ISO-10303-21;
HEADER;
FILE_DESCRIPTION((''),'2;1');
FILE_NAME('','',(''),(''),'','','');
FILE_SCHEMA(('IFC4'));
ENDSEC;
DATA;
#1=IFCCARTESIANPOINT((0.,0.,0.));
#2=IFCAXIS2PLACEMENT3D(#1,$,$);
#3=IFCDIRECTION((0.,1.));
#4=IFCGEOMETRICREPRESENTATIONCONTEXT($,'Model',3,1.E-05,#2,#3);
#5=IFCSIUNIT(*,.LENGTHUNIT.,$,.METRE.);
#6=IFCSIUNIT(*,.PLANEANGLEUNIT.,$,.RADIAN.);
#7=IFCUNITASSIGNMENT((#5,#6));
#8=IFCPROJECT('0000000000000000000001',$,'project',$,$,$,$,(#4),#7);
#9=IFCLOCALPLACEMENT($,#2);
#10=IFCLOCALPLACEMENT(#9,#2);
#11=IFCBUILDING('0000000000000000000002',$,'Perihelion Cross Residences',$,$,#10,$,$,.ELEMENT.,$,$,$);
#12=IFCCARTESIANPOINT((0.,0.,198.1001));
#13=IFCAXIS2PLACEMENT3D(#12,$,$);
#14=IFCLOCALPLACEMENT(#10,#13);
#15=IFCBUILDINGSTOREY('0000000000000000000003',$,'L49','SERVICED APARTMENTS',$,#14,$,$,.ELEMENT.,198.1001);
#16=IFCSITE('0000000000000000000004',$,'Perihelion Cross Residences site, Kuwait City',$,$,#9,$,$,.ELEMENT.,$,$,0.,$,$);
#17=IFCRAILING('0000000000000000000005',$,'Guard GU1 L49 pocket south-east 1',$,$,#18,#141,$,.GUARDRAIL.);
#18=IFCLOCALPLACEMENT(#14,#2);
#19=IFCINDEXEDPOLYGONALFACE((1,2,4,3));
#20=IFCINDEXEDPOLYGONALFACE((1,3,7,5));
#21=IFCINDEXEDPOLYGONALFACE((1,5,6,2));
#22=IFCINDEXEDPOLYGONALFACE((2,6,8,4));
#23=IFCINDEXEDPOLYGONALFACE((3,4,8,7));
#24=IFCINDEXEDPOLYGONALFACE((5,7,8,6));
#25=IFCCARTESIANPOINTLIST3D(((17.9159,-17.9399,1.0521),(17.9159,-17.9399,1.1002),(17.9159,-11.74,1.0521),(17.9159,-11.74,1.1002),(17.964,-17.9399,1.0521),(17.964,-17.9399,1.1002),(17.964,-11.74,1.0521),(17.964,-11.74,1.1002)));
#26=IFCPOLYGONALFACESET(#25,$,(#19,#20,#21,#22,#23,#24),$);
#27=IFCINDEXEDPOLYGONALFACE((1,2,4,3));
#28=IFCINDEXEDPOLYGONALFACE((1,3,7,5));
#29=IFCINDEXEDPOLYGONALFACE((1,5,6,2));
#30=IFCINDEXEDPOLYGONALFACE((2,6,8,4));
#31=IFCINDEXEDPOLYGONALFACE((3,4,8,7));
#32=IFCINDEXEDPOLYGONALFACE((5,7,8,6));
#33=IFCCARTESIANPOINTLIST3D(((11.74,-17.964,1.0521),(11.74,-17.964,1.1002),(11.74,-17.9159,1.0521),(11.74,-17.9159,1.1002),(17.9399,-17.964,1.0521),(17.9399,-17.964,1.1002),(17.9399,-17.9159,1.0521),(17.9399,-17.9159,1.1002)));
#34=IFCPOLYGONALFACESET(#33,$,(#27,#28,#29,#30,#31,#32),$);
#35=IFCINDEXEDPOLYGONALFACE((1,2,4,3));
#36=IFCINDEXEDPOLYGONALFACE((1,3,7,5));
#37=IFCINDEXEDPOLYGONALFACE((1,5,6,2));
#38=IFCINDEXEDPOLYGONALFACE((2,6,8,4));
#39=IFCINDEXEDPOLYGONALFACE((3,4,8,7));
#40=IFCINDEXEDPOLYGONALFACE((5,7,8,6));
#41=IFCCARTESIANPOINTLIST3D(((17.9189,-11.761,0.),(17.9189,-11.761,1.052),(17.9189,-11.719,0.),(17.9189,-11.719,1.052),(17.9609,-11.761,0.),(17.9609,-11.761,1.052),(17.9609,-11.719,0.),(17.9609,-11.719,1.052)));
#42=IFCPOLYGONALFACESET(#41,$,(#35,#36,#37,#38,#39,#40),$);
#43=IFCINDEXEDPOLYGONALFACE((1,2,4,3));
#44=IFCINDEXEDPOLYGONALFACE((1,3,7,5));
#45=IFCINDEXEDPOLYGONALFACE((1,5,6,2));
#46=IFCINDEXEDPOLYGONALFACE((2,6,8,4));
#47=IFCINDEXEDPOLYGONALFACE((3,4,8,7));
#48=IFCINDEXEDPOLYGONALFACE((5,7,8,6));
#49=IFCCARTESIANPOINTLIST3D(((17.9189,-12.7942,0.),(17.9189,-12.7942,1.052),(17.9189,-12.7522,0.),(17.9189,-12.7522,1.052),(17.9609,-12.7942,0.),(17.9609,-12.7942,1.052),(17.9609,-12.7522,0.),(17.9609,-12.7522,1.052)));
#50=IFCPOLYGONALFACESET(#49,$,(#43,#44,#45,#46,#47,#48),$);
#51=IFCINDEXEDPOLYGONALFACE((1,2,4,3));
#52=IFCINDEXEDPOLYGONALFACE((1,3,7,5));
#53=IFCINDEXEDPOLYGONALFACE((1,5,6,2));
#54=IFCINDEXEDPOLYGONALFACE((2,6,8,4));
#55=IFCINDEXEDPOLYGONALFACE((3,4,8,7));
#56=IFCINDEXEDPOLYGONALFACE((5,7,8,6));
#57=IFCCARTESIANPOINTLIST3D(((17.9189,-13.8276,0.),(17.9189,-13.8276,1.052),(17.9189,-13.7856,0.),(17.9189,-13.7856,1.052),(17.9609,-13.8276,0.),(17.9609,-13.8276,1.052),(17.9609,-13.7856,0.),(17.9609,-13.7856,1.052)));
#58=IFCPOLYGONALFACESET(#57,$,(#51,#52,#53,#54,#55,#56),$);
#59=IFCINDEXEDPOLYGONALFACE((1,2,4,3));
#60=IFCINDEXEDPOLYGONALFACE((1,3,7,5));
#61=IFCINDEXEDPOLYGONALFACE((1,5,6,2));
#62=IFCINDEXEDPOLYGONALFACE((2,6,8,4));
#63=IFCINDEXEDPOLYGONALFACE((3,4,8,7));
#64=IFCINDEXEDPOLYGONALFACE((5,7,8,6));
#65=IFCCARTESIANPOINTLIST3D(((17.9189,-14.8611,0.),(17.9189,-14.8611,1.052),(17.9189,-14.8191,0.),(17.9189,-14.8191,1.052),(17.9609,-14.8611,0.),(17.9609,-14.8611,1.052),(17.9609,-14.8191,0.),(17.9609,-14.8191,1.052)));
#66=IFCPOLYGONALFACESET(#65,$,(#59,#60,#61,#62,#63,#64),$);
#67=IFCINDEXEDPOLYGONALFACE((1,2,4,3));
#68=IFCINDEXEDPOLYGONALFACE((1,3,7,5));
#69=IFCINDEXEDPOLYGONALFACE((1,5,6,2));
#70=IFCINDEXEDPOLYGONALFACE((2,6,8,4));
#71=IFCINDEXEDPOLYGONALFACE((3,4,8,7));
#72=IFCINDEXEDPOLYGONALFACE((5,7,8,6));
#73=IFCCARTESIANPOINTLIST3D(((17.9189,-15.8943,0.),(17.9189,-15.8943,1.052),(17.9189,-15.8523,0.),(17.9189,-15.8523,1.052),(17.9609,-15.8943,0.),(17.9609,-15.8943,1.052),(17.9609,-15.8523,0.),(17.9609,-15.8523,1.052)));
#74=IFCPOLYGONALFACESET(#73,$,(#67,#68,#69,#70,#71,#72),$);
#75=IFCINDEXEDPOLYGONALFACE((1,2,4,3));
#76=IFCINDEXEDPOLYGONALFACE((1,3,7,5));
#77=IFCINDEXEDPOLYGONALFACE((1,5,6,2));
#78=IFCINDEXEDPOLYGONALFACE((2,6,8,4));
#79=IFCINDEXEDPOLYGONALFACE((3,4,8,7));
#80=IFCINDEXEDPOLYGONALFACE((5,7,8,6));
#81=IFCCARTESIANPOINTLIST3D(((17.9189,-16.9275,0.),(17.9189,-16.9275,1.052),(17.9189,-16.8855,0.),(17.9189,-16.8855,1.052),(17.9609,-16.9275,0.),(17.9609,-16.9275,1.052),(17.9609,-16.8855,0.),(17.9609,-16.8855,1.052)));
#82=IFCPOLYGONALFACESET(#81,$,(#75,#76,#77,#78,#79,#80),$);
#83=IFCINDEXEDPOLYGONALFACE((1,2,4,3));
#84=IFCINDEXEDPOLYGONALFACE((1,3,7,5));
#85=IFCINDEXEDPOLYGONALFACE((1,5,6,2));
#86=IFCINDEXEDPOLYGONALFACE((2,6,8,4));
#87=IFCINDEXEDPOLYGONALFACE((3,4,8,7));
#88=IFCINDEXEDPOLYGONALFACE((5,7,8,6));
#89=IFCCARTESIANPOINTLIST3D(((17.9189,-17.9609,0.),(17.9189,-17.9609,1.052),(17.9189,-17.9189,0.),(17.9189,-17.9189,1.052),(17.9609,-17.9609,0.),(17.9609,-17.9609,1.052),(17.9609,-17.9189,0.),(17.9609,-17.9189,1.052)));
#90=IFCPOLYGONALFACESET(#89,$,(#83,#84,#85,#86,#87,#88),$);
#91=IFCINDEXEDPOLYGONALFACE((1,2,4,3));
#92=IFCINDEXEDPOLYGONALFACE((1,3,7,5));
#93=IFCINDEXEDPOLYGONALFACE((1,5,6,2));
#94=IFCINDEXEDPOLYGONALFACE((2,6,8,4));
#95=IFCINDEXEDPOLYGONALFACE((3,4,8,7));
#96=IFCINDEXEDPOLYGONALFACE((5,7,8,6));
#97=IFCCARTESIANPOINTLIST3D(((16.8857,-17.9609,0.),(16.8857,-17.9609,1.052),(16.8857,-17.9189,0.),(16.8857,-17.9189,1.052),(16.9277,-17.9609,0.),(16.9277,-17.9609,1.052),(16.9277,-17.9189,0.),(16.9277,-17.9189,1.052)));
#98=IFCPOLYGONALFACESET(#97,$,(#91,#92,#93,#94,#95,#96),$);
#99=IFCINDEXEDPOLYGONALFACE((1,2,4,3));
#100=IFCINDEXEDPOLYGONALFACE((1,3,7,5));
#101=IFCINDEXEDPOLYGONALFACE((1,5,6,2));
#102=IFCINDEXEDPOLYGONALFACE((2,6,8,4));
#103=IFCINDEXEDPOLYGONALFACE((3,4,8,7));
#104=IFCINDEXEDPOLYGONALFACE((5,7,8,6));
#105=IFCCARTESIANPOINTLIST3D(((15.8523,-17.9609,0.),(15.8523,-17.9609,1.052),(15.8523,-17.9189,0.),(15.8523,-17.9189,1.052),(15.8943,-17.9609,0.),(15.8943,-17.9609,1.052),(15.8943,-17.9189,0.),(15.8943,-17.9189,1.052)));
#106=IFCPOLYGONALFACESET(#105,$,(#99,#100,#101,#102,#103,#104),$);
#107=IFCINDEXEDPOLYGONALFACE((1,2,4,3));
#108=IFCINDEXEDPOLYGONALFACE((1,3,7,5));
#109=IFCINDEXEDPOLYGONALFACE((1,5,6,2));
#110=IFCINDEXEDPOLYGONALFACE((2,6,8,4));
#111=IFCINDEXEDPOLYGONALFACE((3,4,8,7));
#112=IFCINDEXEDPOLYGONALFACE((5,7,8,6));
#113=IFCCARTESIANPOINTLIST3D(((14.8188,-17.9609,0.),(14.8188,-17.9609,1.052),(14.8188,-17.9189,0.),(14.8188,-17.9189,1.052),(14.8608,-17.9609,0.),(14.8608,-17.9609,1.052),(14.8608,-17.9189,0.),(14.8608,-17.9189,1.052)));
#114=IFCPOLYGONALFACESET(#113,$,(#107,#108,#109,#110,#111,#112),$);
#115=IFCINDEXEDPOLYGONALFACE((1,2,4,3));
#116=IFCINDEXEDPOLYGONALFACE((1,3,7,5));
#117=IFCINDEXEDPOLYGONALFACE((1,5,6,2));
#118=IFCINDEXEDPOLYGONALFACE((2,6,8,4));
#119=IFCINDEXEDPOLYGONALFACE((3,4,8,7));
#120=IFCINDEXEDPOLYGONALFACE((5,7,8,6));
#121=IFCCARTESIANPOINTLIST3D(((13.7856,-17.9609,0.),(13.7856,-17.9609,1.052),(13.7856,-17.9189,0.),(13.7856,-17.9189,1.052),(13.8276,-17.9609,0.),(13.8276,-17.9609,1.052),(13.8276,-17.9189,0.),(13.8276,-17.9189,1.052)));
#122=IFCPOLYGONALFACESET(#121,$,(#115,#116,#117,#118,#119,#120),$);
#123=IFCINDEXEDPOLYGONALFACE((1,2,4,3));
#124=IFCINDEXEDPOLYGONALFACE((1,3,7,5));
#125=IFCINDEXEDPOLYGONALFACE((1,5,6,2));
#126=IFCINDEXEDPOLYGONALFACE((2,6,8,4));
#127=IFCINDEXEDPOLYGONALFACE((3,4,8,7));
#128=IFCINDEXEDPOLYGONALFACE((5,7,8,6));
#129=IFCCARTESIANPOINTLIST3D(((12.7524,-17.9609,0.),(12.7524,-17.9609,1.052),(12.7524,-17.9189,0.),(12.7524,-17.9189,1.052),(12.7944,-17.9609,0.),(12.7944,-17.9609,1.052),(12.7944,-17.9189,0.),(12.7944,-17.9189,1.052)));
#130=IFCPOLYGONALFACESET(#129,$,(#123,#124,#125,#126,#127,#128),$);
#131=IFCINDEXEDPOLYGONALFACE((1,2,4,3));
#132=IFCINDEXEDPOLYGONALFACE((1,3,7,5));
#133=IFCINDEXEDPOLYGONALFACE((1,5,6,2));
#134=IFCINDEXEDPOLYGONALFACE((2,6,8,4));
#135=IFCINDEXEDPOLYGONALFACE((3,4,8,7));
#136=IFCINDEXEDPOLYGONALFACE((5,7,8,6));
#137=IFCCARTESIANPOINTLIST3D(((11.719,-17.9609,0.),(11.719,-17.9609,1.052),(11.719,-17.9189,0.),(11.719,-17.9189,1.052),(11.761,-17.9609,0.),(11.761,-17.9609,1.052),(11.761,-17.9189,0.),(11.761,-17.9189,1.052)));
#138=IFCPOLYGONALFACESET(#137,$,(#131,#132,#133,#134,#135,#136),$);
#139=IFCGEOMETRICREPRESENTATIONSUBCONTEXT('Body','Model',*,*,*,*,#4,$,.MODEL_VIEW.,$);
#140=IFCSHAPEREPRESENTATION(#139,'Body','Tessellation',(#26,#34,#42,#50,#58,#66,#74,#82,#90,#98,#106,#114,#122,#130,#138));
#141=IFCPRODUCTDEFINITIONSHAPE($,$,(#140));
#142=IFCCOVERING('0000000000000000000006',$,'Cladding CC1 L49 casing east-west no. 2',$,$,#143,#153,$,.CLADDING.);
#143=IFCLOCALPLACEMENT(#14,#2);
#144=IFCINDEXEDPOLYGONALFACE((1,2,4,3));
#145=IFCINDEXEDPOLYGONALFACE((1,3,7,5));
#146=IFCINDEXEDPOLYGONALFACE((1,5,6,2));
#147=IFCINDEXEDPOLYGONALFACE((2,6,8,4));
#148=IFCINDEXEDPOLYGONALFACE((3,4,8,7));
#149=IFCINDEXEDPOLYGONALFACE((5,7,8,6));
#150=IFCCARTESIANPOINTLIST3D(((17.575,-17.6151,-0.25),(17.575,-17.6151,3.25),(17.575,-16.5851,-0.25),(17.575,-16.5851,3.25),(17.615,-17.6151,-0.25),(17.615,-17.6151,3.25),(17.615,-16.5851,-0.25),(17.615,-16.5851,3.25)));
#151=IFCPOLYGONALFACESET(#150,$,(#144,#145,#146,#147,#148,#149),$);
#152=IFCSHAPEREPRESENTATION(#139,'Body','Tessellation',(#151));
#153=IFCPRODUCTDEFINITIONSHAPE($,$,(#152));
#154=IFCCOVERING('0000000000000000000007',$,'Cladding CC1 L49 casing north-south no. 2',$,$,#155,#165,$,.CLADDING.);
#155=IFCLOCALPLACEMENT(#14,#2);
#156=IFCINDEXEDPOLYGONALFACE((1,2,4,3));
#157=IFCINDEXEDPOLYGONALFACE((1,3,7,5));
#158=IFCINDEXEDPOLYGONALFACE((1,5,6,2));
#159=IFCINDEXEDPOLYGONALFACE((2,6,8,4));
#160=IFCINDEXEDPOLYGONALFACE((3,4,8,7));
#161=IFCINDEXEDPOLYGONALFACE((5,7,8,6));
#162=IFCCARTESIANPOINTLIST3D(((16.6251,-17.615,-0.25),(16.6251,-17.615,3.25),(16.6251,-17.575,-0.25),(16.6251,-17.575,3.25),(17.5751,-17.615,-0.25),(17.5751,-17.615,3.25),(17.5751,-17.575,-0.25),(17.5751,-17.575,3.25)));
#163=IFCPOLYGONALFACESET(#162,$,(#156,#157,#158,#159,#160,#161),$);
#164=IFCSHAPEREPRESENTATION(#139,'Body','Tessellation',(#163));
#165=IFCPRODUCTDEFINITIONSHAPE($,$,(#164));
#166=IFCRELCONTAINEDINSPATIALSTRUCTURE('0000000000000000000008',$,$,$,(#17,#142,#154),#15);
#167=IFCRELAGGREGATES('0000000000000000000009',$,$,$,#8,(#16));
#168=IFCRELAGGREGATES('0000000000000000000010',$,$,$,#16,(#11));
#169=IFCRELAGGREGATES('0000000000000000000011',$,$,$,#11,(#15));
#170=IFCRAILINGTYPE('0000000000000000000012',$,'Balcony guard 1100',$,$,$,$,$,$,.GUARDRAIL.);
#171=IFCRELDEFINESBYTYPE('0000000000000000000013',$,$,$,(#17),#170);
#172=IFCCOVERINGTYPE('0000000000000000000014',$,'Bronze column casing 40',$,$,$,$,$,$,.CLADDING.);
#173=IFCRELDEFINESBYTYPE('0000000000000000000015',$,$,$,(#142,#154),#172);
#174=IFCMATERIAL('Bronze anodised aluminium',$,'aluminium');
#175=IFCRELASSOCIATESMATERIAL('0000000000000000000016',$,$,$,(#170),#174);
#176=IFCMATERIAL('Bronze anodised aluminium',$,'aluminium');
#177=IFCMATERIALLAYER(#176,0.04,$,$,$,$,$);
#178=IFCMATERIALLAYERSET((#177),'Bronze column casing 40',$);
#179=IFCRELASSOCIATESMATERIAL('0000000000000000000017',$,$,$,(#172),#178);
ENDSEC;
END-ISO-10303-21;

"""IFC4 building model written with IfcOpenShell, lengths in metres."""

from ifc_helpers import new_model, si_unit, direction, frame, origin, origin_2d, place, context, subcontext, project, spatial, rectangle, extrude, material, layer, layer_set, type_object, element, save


model = new_model("IFC4")

# Units and contexts
model_context = context("Model", 3, precision=1e-05, world=origin(), true_north=direction((0.0, 1.0)))
body_context = subcontext(model_context, "Body", "Model", "MODEL_VIEW")
ifc_project = project(units=[si_unit("LENGTHUNIT", "METRE"), si_unit("PLANEANGLEUNIT", "RADIAN")], contexts=[model_context])

# Site, building, storey
site_placement = place(None, origin())
site = spatial("IfcSite", under=ifc_project, at=site_placement, Name="Perihelion Cross Residences site, Kuwait City", CompositionType="ELEMENT", RefElevation=0.0)
building_placement = place(site_placement, origin())
building = spatial("IfcBuilding", under=site, at=building_placement, Name="Perihelion Cross Residences", CompositionType="ELEMENT")
storey_placement = place(building_placement, frame((0.0, 0.0, 198.1001)))
storey = spatial("IfcBuildingStorey", under=building, at=storey_placement, Name="L49", Description="SERVICED APARTMENTS", CompositionType="ELEMENT", Elevation=198.1001)

# Railing
ifc_material_1 = material(Name="Bronze anodised aluminium", Category="aluminium")
railing_type = type_object("IfcRailingType", Name="Balcony guard 1100", PredefinedType="GUARDRAIL", material=ifc_material_1)
railing_1_placement = place(storey_placement, frame((17.9399, -11.74, 0.0)))
element("IfcRailing", 1, at=railing_1_placement, inside=storey, type_object=railing_type, Name="Guard GU1 L49 pocket south-east 1", PredefinedType="GUARDRAIL", context=body_context, shape_type="SweptSolid", body=[
    extrude(rectangle(XDim=0.0481, YDim=0.0481, at=origin_2d()), frame((0.0, 0.0, 1.0762), z_axis=(0.0, -1.0, 0.0), x_axis=(1.0, 0.0, 0.0)), (0.0, 0.0, 1.0), 6.2),
    extrude(rectangle(XDim=0.0481, YDim=0.0481, at=origin_2d()), frame((0.0, -6.2, 1.0762), z_axis=(-1.0, 0.0, 0.0), x_axis=(0.0, -1.0, 0.0)), (0.0, 0.0, 1.0), 6.2),
    extrude(rectangle(XDim=0.042, YDim=0.042, at=origin_2d()), origin(), (0.0, 0.0, 1.0), 1.052),
    extrude(rectangle(XDim=0.042, YDim=0.042, at=origin_2d()), frame((0.0, -1.0332, 0.0)), (0.0, 0.0, 1.0), 1.052),
    extrude(rectangle(XDim=0.042, YDim=0.042, at=origin_2d()), frame((0.0, -2.0667, 0.0)), (0.0, 0.0, 1.0), 1.052),
    extrude(rectangle(XDim=0.042, YDim=0.042, at=origin_2d()), frame((0.0, -3.1001, 0.0)), (0.0, 0.0, 1.0), 1.052),
    extrude(rectangle(XDim=0.042, YDim=0.042, at=origin_2d()), frame((0.0, -4.1333, 0.0)), (0.0, 0.0, 1.0), 1.052),
    extrude(rectangle(XDim=0.042, YDim=0.042, at=origin_2d()), frame((0.0, -5.1665, 0.0)), (0.0, 0.0, 1.0), 1.052),
    extrude(rectangle(XDim=0.042, YDim=0.042, at=origin_2d()), frame((0.0, -6.2, 0.0)), (0.0, 0.0, 1.0), 1.052),
    extrude(rectangle(XDim=0.042, YDim=0.042, at=origin_2d()), frame((-1.0332, -6.2, 0.0)), (0.0, 0.0, 1.0), 1.052),
    extrude(rectangle(XDim=0.042, YDim=0.042, at=origin_2d()), frame((-2.0667, -6.2, 0.0)), (0.0, 0.0, 1.0), 1.052),
    extrude(rectangle(XDim=0.042, YDim=0.042, at=origin_2d()), frame((-3.1001, -6.2, 0.0)), (0.0, 0.0, 1.0), 1.052),
    extrude(rectangle(XDim=0.042, YDim=0.042, at=origin_2d()), frame((-4.1333, -6.2, 0.0)), (0.0, 0.0, 1.0), 1.052),
    extrude(rectangle(XDim=0.042, YDim=0.042, at=origin_2d()), frame((-5.1665, -6.2, 0.0)), (0.0, 0.0, 1.0), 1.052),
    extrude(rectangle(XDim=0.042, YDim=0.042, at=origin_2d()), frame((-6.2, -6.2, 0.0)), (0.0, 0.0, 1.0), 1.052),
])

# Coverings
ifc_material_2 = material(Name="Bronze anodised aluminium", Category="aluminium")
ifc_layer_1 = layer(ifc_material_2, 0.04)
ifc_layer_set_1 = layer_set([ifc_layer_1], Name="Bronze column casing 40")
covering_type = type_object("IfcCoveringType", Name="Bronze column casing 40", PredefinedType="CLADDING", material=ifc_layer_set_1)
covering_1_placement = place(storey_placement, frame((17.595, -17.1001, -0.25), z_axis=(0.0, 0.0, 1.0), x_axis=(1.0, 0.0, 0.0)))
element("IfcCovering", 2, at=covering_1_placement, inside=storey, type_object=covering_type, Name="Cladding CC1 L49 casing east-west no. 2", PredefinedType="CLADDING", context=body_context, shape_type="SweptSolid", body=[
    extrude(rectangle(XDim=0.04, YDim=1.03, at=origin_2d()), origin(), (0.0, 0.0, 1.0), 3.5),
])
covering_2_placement = place(storey_placement, frame((17.1001, -17.595, -0.25), z_axis=(0.0, 0.0, 1.0), x_axis=(1.0, 0.0, 0.0)))
element("IfcCovering", 3, at=covering_2_placement, inside=storey, type_object=covering_type, Name="Cladding CC1 L49 casing north-south no. 2", PredefinedType="CLADDING", context=body_context, shape_type="SweptSolid", body=[
    extrude(rectangle(XDim=0.95, YDim=0.04, at=origin_2d()), origin(), (0.0, 0.0, 1.0), 3.5),
])

save(model, "model.ifc")
